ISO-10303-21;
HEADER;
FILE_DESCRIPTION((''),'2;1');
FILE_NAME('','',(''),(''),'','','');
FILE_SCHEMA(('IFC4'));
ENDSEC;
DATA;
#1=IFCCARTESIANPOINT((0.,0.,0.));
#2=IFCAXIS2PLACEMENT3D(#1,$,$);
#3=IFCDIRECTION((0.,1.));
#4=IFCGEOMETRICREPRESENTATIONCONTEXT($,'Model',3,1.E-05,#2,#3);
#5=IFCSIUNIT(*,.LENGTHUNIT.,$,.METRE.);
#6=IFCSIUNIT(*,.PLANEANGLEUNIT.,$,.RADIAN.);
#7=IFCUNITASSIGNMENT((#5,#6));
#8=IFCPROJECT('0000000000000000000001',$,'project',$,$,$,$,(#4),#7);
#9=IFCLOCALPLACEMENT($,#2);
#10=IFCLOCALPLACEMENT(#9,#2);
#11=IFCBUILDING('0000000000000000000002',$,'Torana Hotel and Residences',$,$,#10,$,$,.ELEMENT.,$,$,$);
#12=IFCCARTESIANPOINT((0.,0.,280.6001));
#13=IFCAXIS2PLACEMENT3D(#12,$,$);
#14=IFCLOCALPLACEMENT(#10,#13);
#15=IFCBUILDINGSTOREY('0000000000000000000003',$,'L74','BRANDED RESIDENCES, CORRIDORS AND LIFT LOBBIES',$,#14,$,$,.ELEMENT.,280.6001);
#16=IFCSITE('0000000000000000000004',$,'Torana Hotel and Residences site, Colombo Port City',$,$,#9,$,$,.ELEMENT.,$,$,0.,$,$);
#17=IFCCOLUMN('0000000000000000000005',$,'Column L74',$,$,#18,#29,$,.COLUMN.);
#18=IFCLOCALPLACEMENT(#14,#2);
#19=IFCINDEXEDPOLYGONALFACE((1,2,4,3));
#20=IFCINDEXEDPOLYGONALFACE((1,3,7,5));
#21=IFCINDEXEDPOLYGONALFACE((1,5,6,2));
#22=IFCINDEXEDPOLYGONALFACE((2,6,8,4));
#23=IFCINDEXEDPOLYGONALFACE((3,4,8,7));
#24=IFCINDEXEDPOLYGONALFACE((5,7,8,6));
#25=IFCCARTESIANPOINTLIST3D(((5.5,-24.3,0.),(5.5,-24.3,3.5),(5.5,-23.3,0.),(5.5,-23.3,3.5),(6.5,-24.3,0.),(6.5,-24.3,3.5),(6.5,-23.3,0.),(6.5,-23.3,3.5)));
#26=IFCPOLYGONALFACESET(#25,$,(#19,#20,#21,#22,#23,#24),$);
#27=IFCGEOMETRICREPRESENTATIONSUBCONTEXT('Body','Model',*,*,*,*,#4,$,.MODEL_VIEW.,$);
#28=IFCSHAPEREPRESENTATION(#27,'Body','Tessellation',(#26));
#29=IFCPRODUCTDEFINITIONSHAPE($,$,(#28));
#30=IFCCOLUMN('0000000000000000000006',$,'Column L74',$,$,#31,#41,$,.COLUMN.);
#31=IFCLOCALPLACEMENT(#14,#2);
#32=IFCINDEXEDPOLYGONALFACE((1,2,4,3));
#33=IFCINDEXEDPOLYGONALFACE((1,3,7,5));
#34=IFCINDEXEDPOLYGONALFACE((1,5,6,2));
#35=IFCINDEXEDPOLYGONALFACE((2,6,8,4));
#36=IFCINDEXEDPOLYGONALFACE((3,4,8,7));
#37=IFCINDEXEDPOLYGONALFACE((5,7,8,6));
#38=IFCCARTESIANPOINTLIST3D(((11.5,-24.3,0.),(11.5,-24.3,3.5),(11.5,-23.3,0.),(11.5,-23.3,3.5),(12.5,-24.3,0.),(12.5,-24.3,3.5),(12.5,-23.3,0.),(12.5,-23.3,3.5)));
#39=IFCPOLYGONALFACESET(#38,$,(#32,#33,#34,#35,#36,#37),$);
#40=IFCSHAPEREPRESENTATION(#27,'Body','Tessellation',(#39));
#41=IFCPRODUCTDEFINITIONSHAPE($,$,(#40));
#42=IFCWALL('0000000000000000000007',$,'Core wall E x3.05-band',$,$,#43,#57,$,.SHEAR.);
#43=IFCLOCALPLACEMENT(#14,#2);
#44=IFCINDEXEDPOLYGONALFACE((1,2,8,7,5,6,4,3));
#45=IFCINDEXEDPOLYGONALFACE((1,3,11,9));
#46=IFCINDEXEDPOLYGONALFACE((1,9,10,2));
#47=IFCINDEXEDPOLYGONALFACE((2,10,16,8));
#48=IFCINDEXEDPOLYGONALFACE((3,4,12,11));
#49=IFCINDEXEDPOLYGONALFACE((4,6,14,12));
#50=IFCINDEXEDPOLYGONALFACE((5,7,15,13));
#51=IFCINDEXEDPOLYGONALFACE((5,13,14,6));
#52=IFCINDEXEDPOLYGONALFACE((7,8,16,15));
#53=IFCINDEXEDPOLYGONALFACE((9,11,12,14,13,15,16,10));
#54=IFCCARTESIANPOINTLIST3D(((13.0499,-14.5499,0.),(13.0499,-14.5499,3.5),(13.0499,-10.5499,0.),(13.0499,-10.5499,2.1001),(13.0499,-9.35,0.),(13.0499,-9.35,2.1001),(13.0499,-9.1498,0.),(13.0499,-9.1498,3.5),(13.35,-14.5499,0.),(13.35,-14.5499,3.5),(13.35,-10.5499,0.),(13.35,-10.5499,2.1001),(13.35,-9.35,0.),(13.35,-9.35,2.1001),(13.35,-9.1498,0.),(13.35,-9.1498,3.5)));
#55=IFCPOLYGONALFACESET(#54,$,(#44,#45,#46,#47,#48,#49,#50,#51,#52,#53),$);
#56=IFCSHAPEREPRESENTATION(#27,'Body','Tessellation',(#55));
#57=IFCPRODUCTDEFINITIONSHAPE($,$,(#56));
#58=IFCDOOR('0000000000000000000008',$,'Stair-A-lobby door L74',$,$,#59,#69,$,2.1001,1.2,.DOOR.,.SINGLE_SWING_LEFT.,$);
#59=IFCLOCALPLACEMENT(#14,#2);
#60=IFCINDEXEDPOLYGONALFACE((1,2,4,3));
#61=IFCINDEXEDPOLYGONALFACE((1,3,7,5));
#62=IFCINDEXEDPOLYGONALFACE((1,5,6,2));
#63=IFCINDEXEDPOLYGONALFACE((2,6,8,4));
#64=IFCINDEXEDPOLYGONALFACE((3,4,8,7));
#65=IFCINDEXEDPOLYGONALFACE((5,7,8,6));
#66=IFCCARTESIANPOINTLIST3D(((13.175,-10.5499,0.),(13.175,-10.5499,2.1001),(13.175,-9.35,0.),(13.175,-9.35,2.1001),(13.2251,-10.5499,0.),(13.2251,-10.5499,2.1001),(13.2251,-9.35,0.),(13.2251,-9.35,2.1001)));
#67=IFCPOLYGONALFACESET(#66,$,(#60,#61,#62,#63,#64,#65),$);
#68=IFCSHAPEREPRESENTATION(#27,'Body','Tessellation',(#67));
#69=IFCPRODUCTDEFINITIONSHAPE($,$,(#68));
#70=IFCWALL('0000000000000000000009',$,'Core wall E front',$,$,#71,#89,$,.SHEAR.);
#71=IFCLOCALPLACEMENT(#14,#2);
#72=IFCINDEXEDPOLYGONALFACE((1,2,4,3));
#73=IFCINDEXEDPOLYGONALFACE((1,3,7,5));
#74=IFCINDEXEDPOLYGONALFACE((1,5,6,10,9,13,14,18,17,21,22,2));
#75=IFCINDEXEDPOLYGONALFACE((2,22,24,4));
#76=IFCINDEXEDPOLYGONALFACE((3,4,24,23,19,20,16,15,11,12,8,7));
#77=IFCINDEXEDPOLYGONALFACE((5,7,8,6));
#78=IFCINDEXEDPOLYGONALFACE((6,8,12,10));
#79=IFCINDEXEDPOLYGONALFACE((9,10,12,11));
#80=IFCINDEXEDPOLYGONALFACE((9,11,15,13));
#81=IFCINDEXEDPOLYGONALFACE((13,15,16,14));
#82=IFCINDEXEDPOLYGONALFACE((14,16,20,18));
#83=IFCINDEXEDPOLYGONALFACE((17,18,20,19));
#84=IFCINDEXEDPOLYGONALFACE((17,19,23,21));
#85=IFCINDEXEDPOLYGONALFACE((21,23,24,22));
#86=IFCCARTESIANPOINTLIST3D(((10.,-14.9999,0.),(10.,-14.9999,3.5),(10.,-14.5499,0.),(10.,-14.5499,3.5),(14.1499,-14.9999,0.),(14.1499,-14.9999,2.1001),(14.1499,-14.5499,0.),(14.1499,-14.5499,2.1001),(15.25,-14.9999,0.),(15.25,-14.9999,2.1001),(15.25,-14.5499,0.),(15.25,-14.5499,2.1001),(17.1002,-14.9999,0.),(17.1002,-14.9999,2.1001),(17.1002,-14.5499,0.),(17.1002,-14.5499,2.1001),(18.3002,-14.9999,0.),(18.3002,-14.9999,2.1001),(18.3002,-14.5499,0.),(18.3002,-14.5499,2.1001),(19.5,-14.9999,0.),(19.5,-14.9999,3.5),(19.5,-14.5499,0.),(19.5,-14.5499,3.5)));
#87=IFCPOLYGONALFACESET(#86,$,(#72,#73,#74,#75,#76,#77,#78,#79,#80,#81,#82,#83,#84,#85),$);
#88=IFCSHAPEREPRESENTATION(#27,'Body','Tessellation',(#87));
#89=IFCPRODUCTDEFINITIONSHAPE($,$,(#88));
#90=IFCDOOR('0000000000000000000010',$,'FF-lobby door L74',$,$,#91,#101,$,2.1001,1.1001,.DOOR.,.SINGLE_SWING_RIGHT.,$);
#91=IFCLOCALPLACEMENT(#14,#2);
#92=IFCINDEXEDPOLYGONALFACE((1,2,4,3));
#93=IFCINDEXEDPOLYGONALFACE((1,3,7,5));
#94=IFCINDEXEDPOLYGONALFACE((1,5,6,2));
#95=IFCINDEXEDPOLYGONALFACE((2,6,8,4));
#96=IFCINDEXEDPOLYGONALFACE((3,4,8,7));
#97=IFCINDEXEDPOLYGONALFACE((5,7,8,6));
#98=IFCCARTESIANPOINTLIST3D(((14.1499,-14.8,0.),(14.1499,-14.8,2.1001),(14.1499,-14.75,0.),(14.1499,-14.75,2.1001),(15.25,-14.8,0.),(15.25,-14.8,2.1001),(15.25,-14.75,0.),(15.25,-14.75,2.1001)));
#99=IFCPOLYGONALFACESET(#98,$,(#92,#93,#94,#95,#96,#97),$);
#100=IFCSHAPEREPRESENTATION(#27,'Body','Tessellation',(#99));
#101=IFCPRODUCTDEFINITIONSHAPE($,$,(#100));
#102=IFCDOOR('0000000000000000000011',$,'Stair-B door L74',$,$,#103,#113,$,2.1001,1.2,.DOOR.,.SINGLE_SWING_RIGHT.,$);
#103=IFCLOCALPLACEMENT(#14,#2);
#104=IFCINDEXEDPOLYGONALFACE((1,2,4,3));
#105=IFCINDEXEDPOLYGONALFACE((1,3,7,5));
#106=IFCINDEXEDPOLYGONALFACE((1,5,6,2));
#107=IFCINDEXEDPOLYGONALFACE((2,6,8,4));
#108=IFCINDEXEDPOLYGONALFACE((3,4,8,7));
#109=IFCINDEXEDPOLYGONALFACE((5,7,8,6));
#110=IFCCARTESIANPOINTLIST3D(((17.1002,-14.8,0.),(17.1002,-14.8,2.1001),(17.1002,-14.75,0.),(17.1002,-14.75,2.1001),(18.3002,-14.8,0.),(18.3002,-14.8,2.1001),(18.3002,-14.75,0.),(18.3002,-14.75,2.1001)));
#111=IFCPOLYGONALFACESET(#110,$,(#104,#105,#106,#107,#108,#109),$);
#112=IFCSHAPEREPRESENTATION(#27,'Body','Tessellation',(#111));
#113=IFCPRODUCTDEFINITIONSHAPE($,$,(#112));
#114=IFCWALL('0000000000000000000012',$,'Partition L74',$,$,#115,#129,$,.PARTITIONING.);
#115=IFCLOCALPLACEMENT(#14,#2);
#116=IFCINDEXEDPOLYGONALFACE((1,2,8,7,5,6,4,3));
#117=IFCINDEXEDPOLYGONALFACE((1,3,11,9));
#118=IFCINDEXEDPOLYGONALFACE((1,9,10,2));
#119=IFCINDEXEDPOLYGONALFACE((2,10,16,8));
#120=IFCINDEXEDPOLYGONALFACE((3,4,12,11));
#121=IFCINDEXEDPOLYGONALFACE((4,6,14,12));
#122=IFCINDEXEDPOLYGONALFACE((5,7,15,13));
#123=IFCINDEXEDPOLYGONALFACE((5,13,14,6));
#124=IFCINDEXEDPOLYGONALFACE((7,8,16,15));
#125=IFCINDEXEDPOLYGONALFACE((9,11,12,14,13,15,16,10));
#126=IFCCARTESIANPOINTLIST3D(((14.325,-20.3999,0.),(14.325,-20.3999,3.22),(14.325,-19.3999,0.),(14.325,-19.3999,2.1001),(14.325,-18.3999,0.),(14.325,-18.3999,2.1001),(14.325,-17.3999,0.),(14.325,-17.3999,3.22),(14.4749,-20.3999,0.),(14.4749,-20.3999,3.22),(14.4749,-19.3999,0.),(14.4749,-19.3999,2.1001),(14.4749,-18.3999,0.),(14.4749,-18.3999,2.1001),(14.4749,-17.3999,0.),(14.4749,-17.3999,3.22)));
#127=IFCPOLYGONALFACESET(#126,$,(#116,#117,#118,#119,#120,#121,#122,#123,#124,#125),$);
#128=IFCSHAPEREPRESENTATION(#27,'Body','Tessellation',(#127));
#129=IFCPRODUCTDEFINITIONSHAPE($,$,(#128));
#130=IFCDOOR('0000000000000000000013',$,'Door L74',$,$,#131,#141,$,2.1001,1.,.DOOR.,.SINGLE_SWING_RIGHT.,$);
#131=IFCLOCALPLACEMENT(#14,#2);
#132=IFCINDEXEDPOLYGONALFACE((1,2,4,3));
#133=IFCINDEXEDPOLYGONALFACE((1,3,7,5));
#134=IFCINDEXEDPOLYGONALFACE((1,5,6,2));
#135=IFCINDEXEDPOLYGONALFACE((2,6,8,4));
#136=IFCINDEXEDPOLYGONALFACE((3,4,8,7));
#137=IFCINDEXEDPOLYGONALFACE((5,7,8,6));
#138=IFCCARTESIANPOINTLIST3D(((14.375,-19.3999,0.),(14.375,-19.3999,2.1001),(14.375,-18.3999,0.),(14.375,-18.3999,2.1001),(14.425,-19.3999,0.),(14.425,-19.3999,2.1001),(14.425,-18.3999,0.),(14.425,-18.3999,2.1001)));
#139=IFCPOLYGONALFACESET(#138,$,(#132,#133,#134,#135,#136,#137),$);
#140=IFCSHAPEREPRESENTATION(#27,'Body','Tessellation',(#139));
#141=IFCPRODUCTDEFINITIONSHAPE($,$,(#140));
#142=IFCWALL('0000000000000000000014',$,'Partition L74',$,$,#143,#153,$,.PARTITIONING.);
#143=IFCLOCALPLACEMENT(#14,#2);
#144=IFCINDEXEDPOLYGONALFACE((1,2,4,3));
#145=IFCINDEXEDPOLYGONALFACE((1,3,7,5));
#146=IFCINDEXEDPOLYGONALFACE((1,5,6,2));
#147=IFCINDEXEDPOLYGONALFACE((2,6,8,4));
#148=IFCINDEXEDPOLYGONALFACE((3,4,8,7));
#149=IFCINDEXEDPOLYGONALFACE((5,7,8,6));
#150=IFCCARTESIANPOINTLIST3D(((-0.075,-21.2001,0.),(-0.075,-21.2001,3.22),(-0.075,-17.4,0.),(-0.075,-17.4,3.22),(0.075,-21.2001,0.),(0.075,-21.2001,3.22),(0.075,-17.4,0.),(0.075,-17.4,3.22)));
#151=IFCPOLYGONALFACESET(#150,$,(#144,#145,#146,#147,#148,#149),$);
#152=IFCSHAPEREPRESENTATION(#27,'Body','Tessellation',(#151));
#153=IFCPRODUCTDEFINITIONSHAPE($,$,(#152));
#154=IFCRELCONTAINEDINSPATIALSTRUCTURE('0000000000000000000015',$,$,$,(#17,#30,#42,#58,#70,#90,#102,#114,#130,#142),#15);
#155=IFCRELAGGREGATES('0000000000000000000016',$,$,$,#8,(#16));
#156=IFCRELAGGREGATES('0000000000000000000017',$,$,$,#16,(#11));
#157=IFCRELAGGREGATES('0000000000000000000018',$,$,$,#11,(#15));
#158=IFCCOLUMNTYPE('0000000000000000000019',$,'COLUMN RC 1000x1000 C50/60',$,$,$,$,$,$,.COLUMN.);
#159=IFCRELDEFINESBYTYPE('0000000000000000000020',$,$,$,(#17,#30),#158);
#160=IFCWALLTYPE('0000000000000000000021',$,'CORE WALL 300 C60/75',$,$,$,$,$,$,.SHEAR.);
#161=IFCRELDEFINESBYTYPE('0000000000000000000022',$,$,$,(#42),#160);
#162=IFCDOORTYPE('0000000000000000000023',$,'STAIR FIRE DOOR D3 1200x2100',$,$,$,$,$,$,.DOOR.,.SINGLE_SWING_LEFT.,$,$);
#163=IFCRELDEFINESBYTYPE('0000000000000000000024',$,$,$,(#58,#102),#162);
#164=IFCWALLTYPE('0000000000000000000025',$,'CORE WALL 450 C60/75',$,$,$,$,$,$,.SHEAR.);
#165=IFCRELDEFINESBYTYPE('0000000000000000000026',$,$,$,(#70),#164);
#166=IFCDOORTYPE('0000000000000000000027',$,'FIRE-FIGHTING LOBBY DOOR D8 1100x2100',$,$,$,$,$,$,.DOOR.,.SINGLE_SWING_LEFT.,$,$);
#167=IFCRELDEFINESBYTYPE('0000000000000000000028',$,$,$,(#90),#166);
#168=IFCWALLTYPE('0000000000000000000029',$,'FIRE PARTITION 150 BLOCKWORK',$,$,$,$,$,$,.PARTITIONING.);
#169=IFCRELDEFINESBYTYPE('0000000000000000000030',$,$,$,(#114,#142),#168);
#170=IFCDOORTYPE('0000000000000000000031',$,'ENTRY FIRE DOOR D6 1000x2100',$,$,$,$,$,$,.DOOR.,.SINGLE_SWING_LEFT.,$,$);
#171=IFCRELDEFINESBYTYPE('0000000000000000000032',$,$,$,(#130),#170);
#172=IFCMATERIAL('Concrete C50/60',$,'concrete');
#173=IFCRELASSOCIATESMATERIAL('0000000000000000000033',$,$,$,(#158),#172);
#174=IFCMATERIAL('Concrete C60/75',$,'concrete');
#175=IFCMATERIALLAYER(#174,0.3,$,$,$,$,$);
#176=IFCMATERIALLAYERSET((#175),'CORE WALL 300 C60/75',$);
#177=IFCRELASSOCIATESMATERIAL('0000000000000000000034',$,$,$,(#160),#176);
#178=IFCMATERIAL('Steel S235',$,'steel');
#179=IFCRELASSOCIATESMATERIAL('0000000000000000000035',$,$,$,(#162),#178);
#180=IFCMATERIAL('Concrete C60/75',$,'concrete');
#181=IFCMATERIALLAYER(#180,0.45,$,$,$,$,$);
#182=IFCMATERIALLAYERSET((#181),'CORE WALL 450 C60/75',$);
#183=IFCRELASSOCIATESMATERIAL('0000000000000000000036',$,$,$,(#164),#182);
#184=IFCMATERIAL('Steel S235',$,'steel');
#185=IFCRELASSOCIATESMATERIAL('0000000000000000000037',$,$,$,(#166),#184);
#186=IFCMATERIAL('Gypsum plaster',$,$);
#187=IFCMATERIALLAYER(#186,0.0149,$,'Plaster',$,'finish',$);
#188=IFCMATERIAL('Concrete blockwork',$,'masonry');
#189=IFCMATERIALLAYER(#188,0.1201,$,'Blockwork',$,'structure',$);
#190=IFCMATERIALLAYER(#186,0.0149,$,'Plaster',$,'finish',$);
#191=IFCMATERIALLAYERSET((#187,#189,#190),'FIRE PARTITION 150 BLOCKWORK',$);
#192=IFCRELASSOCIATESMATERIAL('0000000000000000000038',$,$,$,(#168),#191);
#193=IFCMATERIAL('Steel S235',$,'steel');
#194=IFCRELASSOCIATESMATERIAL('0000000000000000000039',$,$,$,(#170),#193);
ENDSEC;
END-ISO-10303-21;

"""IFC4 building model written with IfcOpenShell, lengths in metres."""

from ifc_helpers import new_model, si_unit, direction, frame, frame_2d, origin, origin_2d, place, context, subcontext, project, spatial, rectangle, extrude, material, layer, layer_set, material_profile, profile_set, type_object, element, fill, save


model = new_model("IFC4")

# Units and contexts
model_context = context("Model", 3, precision=1e-05, world=origin(), true_north=direction((0.0, 1.0)))
body_context = subcontext(model_context, "Body", "Model", "MODEL_VIEW")
ifc_project = project(units=[si_unit("LENGTHUNIT", "METRE"), si_unit("PLANEANGLEUNIT", "RADIAN")], contexts=[model_context])

# Site, building, storey
site_placement = place(None, origin())
site = spatial("IfcSite", under=ifc_project, at=site_placement, Name="Torana Hotel and Residences site, Colombo Port City", CompositionType="ELEMENT", RefElevation=0.0)
building_placement = place(site_placement, origin())
building = spatial("IfcBuilding", under=site, at=building_placement, Name="Torana Hotel and Residences", CompositionType="ELEMENT")
storey_placement = place(building_placement, frame((0.0, 0.0, 280.6001)))
storey = spatial("IfcBuildingStorey", under=building, at=storey_placement, Name="L74", Description="BRANDED RESIDENCES, CORRIDORS AND LIFT LOBBIES", CompositionType="ELEMENT", Elevation=280.6001)

# Columns
ifc_material_1 = material(Name="Concrete C50/60", Category="concrete")
ifc_material_profile = material_profile(ifc_material_1, rectangle(XDim=1.0, YDim=1.0, at=origin_2d()), Name="RC 1000x1000")
ifc_profile_set = profile_set([ifc_material_profile], Name="Concrete C50/60")
column_type = type_object("IfcColumnType", Name="COLUMN RC 1000x1000 C50/60", PredefinedType="COLUMN", material=ifc_profile_set)
for number, where, z_axis, x_axis, name in (
    (1, (6.0, -23.8, 0.0), (0.0, 0.0, 1.0), (1.0, 0.0, 0.0), "Column L74"),
    (2, (12.0, -23.8, 0.0), (0.0, 0.0, 1.0), (1.0, 0.0, 0.0), "Column L74"),
):
    element("IfcColumn", number, at=place(storey_placement, frame(where, z_axis=z_axis, x_axis=x_axis)), inside=storey, type_object=column_type, Name=name, PredefinedType="COLUMN", context=body_context, shape_type="SweptSolid", body=[
        extrude(rectangle(XDim=1.0, YDim=1.0, at=origin_2d()), origin(), (0.0, 0.0, 1.0), 3.5),
    ])

# Wall, opening, door
ifc_material_2 = material(Name="Concrete C60/75", Category="concrete")
ifc_layer_1 = layer(ifc_material_2, 0.3)
ifc_layer_set_1 = layer_set([ifc_layer_1], Name="CORE WALL 300 C60/75")
wall_type_1 = type_object("IfcWallType", Name="CORE WALL 300 C60/75", PredefinedType="SHEAR", material=ifc_layer_set_1)
wall_1_placement = place(storey_placement, frame((13.2, -14.55, 0.0), z_axis=(0.0, 0.0, 1.0), x_axis=(0.0, 1.0, 0.0)))
wall_1 = element("IfcWall", 3, at=wall_1_placement, inside=storey, type_object=wall_type_1, Name="Core wall E x3.05-band", PredefinedType="SHEAR", context=body_context, shape_type="SweptSolid", body=[
    extrude(rectangle(XDim=5.4001, YDim=0.3, at=frame_2d((2.7002, 0.0))), origin(), (0.0, 0.0, 1.0), 3.5),
])
opening_1_placement = place(wall_1_placement, frame((4.0, 0.0, 0.0)))
opening_1 = element("IfcOpeningElement", 4, at=opening_1_placement, cuts=wall_1, PredefinedType="OPENING", context=body_context, shape_type="SweptSolid", body=[
    extrude(rectangle(XDim=1.2, YDim=2.1001, at=frame_2d((0.6001, 1.05))), frame((0.0, 0.1599, 0.0), z_axis=(0.0, -1.0, 0.0), x_axis=(1.0, 0.0, 0.0)), (0.0, 0.0, 1.0), 0.3201),
])
ifc_material_3 = material(Name="Steel S235", Category="steel")
door_type_1 = type_object("IfcDoorType", Name="STAIR FIRE DOOR D3 1200x2100", OperationType="SINGLE_SWING_LEFT", PredefinedType="DOOR", material=ifc_material_3)
door_1_placement = place(opening_1_placement, origin())
door_1 = element("IfcDoor", 5, at=door_1_placement, inside=storey, type_object=door_type_1, Name="Stair-A-lobby door L74", OperationType="SINGLE_SWING_LEFT", OverallHeight=2.1001, OverallWidth=1.2, PredefinedType="DOOR", context=body_context, shape_type="SweptSolid", body=[
    extrude(rectangle(XDim=1.2, YDim=2.1001, at=frame_2d((0.6001, 1.05))), frame((0.0, 0.0249, 0.0), z_axis=(0.0, -1.0, 0.0), x_axis=(1.0, 0.0, 0.0)), (0.0, 0.0, 1.0), 0.05),
])
fill(opening_1, door_1)

# Wall, openings, doors
ifc_material_4 = material(Name="Concrete C60/75", Category="concrete")
ifc_layer_2 = layer(ifc_material_4, 0.45)
ifc_layer_set_2 = layer_set([ifc_layer_2], Name="CORE WALL 450 C60/75")
wall_type_2 = type_object("IfcWallType", Name="CORE WALL 450 C60/75", PredefinedType="SHEAR", material=ifc_layer_set_2)
wall_2_placement = place(storey_placement, frame((10.0, -14.7749, 0.0), z_axis=(0.0, 0.0, 1.0), x_axis=(1.0, 0.0, 0.0)))
wall_2 = element("IfcWall", 6, at=wall_2_placement, inside=storey, type_object=wall_type_2, Name="Core wall E front", PredefinedType="SHEAR", context=body_context, shape_type="SweptSolid", body=[
    extrude(rectangle(XDim=9.5, YDim=0.45, at=frame_2d((4.75, 0.0))), origin(), (0.0, 0.0, 1.0), 3.5),
])
opening_2_placement = place(wall_2_placement, frame((7.1001, 0.0, 0.0)))
opening_2 = element("IfcOpeningElement", 7, at=opening_2_placement, cuts=wall_2, PredefinedType="OPENING", context=body_context, shape_type="SweptSolid", body=[
    extrude(rectangle(XDim=1.2, YDim=2.1001, at=frame_2d((0.6001, 1.05))), frame((0.0, 0.2349, 0.0), z_axis=(0.0, -1.0, 0.0), x_axis=(1.0, 0.0, 0.0)), (0.0, 0.0, 1.0), 0.47),
])
opening_3_placement = place(wall_2_placement, frame((4.1499, 0.0, 0.0)))
opening_3 = element("IfcOpeningElement", 8, at=opening_3_placement, cuts=wall_2, PredefinedType="OPENING", context=body_context, shape_type="SweptSolid", body=[
    extrude(rectangle(XDim=1.1001, YDim=2.1001, at=frame_2d((0.55, 1.05))), frame((0.0, 0.2349, 0.0), z_axis=(0.0, -1.0, 0.0), x_axis=(1.0, 0.0, 0.0)), (0.0, 0.0, 1.0), 0.47),
])
ifc_material_5 = material(Name="Steel S235", Category="steel")
door_type_2 = type_object("IfcDoorType", Name="FIRE-FIGHTING LOBBY DOOR D8 1100x2100", OperationType="SINGLE_SWING_LEFT", PredefinedType="DOOR", material=ifc_material_5)
door_2_placement = place(opening_3_placement, origin())
door_2 = element("IfcDoor", 9, at=door_2_placement, inside=storey, type_object=door_type_2, Name="FF-lobby door L74", OperationType="SINGLE_SWING_RIGHT", OverallHeight=2.1001, OverallWidth=1.1001, PredefinedType="DOOR", context=body_context, shape_type="SweptSolid", body=[
    extrude(rectangle(XDim=1.1001, YDim=2.1001, at=frame_2d((0.55, 1.05))), frame((0.0, 0.0249, 0.0), z_axis=(0.0, -1.0, 0.0), x_axis=(1.0, 0.0, 0.0)), (0.0, 0.0, 1.0), 0.05),
])
fill(opening_3, door_2)
door_3_placement = place(opening_2_placement, origin())
door_3 = element("IfcDoor", 10, at=door_3_placement, inside=storey, type_object=door_type_1, Name="Stair-B door L74", OperationType="SINGLE_SWING_RIGHT", OverallHeight=2.1001, OverallWidth=1.2, PredefinedType="DOOR", context=body_context, shape_type="SweptSolid", body=[
    extrude(rectangle(XDim=1.2, YDim=2.1001, at=frame_2d((0.6001, 1.05))), frame((0.0, 0.0249, 0.0), z_axis=(0.0, -1.0, 0.0), x_axis=(1.0, 0.0, 0.0)), (0.0, 0.0, 1.0), 0.05),
])
fill(opening_2, door_3)

# Wall, opening, door
ifc_material_6 = material(Name="Gypsum plaster")
ifc_layer_3 = layer(ifc_material_6, 0.0149, Name="Plaster", Category="finish")
ifc_material_7 = material(Name="Concrete blockwork", Category="masonry")
ifc_layer_4 = layer(ifc_material_7, 0.1201, Name="Blockwork", Category="structure")
ifc_layer_5 = layer(ifc_material_6, 0.0149, Name="Plaster", Category="finish")
ifc_layer_set_3 = layer_set([ifc_layer_3, ifc_layer_4, ifc_layer_5], Name="FIRE PARTITION 150 BLOCKWORK")
wall_type_3 = type_object("IfcWallType", Name="FIRE PARTITION 150 BLOCKWORK", PredefinedType="PARTITIONING", material=ifc_layer_set_3)
wall_3_placement = place(storey_placement, frame((14.3999, -20.3999, 0.0), z_axis=(0.0, 0.0, 1.0), x_axis=(0.0, 1.0, 0.0)))
wall_3 = element("IfcWall", 11, at=wall_3_placement, inside=storey, type_object=wall_type_3, Name="Partition L74", PredefinedType="PARTITIONING", context=body_context, shape_type="SweptSolid", body=[
    extrude(rectangle(XDim=3.0, YDim=0.1499, at=frame_2d((1.5, 0.0))), origin(), (0.0, 0.0, 1.0), 3.22),
])
opening_4_placement = place(wall_3_placement, frame((1.0, 0.0, 0.0)))
opening_4 = element("IfcOpeningElement", 12, at=opening_4_placement, cuts=wall_3, PredefinedType="OPENING", context=body_context, shape_type="SweptSolid", body=[
    extrude(rectangle(XDim=1.0, YDim=2.1001, at=frame_2d((0.5, 1.05))), frame((0.0, 0.085, 0.0), z_axis=(0.0, -1.0, 0.0), x_axis=(1.0, 0.0, 0.0)), (0.0, 0.0, 1.0), 0.1699),
])
ifc_material_8 = material(Name="Steel S235", Category="steel")
door_type_3 = type_object("IfcDoorType", Name="ENTRY FIRE DOOR D6 1000x2100", OperationType="SINGLE_SWING_LEFT", PredefinedType="DOOR", material=ifc_material_8)
door_4_placement = place(opening_4_placement, origin())
door_4 = element("IfcDoor", 13, at=door_4_placement, inside=storey, type_object=door_type_3, Name="Door L74", OperationType="SINGLE_SWING_RIGHT", OverallHeight=2.1001, OverallWidth=1.0, PredefinedType="DOOR", context=body_context, shape_type="SweptSolid", body=[
    extrude(rectangle(XDim=1.0, YDim=2.1001, at=frame_2d((0.5, 1.05))), frame((0.0, 0.0249, 0.0), z_axis=(0.0, -1.0, 0.0), x_axis=(1.0, 0.0, 0.0)), (0.0, 0.0, 1.0), 0.05),
])
fill(opening_4, door_4)

# Wall
wall_4_placement = place(storey_placement, frame((0.0, -21.2, 0.0), z_axis=(0.0, 0.0, 1.0), x_axis=(0.0, 1.0, 0.0)))
element("IfcWall", 14, at=wall_4_placement, inside=storey, type_object=wall_type_3, Name="Partition L74", PredefinedType="PARTITIONING", context=body_context, shape_type="SweptSolid", body=[
    extrude(rectangle(XDim=3.8, YDim=0.1499, at=frame_2d((1.8999, 0.0))), origin(), (0.0, 0.0, 1.0), 3.22),
])

save(model, "model.ifc")
